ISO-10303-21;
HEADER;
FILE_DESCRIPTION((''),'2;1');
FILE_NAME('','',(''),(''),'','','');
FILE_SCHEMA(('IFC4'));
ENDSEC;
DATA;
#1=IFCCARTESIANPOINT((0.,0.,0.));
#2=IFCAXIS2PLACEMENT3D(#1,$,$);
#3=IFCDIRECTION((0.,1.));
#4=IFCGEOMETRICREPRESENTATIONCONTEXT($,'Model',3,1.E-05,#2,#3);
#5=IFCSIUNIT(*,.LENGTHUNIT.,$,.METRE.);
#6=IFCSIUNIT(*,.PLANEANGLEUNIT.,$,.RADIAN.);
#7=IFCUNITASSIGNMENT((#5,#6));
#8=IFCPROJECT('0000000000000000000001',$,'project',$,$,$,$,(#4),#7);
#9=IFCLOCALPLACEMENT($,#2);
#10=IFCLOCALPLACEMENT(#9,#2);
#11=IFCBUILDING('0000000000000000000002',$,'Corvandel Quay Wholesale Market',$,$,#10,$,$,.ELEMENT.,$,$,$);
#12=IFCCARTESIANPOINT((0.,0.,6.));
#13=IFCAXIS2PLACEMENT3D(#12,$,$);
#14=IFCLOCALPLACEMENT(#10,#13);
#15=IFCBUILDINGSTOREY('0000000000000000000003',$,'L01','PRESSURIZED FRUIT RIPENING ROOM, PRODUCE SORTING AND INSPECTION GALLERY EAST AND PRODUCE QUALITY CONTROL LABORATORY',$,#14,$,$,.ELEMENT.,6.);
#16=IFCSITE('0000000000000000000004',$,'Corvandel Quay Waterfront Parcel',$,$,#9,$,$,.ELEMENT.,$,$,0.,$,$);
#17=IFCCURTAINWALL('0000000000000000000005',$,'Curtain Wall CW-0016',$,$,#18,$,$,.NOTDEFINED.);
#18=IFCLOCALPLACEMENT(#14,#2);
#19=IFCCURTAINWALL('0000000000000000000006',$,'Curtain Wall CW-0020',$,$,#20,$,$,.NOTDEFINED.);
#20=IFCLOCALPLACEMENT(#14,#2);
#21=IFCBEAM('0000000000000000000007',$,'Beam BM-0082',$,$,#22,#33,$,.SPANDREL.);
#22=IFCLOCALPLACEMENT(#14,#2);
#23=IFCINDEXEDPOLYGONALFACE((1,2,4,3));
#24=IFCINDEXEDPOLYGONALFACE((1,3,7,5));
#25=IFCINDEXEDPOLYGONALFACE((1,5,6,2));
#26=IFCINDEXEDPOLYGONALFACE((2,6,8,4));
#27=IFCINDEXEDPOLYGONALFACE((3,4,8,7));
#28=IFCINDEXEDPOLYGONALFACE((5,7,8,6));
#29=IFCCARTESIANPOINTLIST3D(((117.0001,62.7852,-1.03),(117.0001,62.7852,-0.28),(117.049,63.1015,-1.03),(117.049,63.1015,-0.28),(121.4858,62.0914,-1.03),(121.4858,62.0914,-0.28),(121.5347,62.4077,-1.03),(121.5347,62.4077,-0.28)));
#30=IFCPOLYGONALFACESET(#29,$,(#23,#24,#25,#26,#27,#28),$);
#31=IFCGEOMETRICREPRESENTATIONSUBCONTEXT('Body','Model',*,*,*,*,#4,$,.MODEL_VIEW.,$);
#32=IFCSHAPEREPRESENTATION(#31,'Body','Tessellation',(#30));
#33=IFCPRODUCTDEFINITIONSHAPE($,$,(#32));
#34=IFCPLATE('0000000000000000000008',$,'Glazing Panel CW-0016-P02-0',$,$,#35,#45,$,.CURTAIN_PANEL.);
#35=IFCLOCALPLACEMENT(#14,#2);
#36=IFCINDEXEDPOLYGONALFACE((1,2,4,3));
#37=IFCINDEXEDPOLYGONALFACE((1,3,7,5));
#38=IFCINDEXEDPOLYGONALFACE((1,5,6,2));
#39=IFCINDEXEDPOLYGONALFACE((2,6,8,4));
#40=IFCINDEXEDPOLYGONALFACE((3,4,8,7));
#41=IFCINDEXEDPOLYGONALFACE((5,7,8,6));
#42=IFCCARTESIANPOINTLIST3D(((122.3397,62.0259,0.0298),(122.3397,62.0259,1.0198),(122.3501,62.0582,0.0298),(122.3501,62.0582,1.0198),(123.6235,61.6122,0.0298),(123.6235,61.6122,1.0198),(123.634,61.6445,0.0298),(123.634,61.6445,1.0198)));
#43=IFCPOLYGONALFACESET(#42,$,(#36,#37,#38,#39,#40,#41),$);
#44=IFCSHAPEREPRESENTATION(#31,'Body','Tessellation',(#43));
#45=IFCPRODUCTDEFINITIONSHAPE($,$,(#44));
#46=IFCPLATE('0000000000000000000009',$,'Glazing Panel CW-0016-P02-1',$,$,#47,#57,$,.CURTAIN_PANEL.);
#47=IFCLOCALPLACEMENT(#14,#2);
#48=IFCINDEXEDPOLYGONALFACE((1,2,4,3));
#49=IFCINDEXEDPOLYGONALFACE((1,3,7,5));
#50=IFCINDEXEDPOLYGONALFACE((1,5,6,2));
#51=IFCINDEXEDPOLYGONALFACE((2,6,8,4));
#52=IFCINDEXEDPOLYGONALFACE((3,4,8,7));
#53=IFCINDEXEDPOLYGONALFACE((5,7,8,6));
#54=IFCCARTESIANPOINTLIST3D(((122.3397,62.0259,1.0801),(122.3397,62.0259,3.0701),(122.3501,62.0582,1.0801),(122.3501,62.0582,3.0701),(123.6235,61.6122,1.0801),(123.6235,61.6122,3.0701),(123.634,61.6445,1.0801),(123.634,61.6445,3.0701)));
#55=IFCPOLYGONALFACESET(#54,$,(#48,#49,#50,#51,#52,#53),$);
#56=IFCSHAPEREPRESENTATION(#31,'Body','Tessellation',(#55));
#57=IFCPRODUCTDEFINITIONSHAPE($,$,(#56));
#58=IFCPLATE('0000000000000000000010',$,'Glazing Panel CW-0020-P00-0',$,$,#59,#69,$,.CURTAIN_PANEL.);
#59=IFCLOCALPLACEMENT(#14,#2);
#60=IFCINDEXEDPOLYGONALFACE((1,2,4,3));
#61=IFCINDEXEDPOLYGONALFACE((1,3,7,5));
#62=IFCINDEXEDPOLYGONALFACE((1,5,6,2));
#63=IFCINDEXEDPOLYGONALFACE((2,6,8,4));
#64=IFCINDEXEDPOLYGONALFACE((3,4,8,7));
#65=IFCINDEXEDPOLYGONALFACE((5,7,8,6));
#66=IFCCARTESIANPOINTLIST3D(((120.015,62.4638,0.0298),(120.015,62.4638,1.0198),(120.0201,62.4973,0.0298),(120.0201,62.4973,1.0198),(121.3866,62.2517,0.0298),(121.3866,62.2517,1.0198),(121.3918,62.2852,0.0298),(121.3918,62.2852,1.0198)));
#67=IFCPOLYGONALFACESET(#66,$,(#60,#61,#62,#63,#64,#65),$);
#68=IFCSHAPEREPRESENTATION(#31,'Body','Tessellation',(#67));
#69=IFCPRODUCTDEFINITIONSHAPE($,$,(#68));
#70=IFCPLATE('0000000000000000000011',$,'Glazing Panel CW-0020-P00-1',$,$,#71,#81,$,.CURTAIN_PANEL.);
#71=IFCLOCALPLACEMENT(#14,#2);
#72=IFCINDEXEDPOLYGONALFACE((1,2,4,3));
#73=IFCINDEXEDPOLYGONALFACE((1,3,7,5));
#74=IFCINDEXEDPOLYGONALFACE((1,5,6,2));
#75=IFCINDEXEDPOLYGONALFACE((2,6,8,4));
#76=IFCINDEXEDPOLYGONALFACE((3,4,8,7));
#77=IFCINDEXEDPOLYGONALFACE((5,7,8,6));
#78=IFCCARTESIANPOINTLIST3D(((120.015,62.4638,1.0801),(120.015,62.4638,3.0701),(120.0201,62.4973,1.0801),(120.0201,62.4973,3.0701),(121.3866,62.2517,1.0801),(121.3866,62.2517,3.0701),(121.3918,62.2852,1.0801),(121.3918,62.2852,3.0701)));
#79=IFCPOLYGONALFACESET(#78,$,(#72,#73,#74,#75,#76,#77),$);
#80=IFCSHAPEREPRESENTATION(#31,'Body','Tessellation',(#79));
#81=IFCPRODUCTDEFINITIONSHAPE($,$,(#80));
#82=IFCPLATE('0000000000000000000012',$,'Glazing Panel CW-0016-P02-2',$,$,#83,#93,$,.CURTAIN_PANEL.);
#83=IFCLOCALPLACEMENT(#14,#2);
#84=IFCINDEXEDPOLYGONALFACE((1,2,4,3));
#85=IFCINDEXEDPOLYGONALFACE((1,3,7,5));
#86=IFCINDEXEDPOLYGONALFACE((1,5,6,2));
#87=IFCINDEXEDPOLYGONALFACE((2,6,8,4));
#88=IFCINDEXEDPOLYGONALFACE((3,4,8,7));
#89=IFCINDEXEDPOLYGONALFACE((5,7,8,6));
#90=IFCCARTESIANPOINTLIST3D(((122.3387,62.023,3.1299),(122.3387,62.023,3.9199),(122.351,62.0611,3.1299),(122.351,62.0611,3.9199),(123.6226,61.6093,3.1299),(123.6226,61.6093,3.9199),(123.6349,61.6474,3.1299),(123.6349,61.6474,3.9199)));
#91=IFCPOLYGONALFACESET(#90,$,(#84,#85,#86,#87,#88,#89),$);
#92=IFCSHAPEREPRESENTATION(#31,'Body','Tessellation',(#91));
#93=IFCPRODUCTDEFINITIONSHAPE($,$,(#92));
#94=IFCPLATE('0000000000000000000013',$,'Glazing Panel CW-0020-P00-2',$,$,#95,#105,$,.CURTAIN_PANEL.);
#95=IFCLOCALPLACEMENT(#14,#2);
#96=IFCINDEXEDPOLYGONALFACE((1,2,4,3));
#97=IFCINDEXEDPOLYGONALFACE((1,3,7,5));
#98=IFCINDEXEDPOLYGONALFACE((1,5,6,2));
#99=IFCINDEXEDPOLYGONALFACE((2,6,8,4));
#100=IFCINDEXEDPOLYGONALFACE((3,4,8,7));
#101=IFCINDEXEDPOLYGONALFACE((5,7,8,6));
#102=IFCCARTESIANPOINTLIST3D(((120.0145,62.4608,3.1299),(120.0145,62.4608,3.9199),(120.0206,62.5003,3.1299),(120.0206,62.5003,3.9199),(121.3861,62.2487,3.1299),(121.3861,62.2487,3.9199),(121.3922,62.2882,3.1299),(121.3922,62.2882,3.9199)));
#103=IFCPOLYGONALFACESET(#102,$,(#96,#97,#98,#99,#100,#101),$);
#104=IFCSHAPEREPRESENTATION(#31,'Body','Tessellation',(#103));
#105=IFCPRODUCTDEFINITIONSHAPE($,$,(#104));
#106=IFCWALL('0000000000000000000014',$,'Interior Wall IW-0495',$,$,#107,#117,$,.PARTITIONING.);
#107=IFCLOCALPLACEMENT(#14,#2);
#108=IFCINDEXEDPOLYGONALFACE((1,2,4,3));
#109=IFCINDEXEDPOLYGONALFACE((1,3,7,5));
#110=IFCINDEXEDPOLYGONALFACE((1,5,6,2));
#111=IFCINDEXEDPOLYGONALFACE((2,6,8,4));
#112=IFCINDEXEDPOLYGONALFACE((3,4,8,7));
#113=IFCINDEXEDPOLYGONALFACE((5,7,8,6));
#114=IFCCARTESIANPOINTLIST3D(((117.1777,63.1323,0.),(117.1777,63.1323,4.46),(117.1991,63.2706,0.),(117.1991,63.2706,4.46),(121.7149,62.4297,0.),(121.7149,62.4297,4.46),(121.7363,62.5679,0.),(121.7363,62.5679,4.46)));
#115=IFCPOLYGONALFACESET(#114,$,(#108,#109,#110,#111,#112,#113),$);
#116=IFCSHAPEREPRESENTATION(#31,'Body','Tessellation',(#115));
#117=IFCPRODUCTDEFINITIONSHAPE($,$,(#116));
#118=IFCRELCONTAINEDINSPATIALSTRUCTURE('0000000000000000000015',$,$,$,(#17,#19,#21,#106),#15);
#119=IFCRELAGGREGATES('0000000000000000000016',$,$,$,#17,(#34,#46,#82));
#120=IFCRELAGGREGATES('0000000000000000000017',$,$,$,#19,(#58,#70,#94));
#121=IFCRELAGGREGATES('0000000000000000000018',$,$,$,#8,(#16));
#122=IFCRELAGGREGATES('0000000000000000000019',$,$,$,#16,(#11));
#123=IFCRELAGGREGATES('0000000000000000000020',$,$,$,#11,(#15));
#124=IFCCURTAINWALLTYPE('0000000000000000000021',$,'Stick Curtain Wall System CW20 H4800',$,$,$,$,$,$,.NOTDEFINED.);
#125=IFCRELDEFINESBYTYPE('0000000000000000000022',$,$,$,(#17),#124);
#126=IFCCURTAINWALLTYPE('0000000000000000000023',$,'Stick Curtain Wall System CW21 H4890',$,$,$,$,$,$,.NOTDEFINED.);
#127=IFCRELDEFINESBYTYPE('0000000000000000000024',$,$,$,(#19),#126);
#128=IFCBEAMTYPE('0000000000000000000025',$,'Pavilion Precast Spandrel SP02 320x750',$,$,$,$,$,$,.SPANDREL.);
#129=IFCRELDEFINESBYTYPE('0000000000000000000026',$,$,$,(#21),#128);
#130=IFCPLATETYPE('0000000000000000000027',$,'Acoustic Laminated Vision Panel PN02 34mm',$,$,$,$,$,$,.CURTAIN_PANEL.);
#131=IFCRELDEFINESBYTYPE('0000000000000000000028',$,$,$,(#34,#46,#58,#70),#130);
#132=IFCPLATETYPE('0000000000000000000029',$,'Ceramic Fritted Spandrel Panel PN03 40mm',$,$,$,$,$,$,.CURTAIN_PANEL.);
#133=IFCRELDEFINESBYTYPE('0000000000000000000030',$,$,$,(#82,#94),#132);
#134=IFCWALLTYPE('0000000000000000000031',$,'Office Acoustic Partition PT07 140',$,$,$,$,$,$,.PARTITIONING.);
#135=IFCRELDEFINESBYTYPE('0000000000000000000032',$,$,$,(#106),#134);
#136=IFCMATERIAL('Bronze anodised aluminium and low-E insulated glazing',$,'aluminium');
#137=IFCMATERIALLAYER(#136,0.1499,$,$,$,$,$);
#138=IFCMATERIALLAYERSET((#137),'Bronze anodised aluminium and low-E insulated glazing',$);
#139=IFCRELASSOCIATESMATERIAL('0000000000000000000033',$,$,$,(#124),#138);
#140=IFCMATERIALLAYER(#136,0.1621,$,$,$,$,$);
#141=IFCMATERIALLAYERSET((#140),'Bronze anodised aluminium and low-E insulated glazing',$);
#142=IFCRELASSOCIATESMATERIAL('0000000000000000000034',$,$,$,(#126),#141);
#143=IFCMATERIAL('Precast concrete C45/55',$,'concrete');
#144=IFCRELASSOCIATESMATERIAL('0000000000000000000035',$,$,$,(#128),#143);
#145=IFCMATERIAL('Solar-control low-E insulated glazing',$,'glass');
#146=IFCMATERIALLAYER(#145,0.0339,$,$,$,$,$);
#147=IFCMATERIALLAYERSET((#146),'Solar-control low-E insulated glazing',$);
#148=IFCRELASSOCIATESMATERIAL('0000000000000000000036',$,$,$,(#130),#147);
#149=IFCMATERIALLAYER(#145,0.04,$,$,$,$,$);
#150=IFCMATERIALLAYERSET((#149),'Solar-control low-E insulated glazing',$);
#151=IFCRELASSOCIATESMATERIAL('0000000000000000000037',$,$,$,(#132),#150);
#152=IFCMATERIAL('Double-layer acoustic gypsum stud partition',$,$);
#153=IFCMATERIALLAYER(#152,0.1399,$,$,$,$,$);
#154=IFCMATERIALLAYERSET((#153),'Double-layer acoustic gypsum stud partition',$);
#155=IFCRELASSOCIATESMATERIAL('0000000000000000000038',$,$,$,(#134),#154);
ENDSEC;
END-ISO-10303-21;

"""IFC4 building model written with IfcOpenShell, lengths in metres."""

from ifc_helpers import new_model, si_unit, direction, frame, frame_2d, origin, origin_2d, place, context, subcontext, project, spatial, rectangle, extrude, material, layer, layer_set, material_profile, profile_set, type_object, element, aggregate, save


model = new_model("IFC4")

# Units and contexts
model_context = context("Model", 3, precision=1e-05, world=origin(), true_north=direction((0.0, 1.0)))
body_context = subcontext(model_context, "Body", "Model", "MODEL_VIEW")
ifc_project = project(units=[si_unit("LENGTHUNIT", "METRE"), si_unit("PLANEANGLEUNIT", "RADIAN")], contexts=[model_context])

# Site, building, storey
site_placement = place(None, origin())
site = spatial("IfcSite", under=ifc_project, at=site_placement, Name="Corvandel Quay Waterfront Parcel", CompositionType="ELEMENT", RefElevation=0.0)
building_placement = place(site_placement, origin())
building = spatial("IfcBuilding", under=site, at=building_placement, Name="Corvandel Quay Wholesale Market", CompositionType="ELEMENT")
storey_placement = place(building_placement, frame((0.0, 0.0, 6.0)))
storey = spatial("IfcBuildingStorey", under=building, at=storey_placement, Name="L01", Description="PRESSURIZED FRUIT RIPENING ROOM, PRODUCE SORTING AND INSPECTION GALLERY EAST AND PRODUCE QUALITY CONTROL LABORATORY", CompositionType="ELEMENT", Elevation=6.0)

# Shared definitions
ifc_material_1 = material(Name="Precast concrete C45/55", Category="concrete")

# Curtain wall
ifc_material_2 = material(Name="Bronze anodised aluminium and low-E insulated glazing", Category="aluminium")
ifc_layer_1 = layer(ifc_material_2, 0.1499)
ifc_layer_set_1 = layer_set([ifc_layer_1], Name="Bronze anodised aluminium and low-E insulated glazing")
curtain_wall_type_1 = type_object("IfcCurtainWallType", Name="Stick Curtain Wall System CW20 H4800", PredefinedType="NOTDEFINED", material=ifc_layer_set_1)
curtain_wall_1_placement = place(storey_placement, origin())
curtain_wall_1 = element("IfcCurtainWall", 1, at=curtain_wall_1_placement, inside=storey, type_object=curtain_wall_type_1, Name="Curtain Wall CW-0016", PredefinedType="NOTDEFINED")

# Curtain wall
ifc_layer_2 = layer(ifc_material_2, 0.1621)
ifc_layer_set_2 = layer_set([ifc_layer_2], Name="Bronze anodised aluminium and low-E insulated glazing")
curtain_wall_type_2 = type_object("IfcCurtainWallType", Name="Stick Curtain Wall System CW21 H4890", PredefinedType="NOTDEFINED", material=ifc_layer_set_2)
curtain_wall_2_placement = place(storey_placement, origin())
curtain_wall_2 = element("IfcCurtainWall", 2, at=curtain_wall_2_placement, inside=storey, type_object=curtain_wall_type_2, Name="Curtain Wall CW-0020", PredefinedType="NOTDEFINED")

# Beam
ifc_material_profile_1 = material_profile(ifc_material_1, rectangle(XDim=0.3201, YDim=0.75, at=origin_2d()), Name="PC-SPN-320x750")
ifc_profile_set_1 = profile_set([ifc_material_profile_1], Name="Precast concrete C45/55")
beam_type = type_object("IfcBeamType", Name="Pavilion Precast Spandrel SP02 320x750", PredefinedType="SPANDREL", material=ifc_profile_set_1)
beam_placement = place(storey_placement, frame((121.5103, 62.2495, -0.655), z_axis=(-0.988247, 0.152866, 0.0), x_axis=(-0.152866, -0.988247, 0.0)))
element("IfcBeam", 3, at=beam_placement, inside=storey, type_object=beam_type, Name="Beam BM-0082", PredefinedType="SPANDREL", context=body_context, shape_type="SweptSolid", body=[
    extrude(rectangle(XDim=0.3201, YDim=0.75, at=origin_2d()), origin(), (0.0, 0.0, 1.0), 4.5391),
])

# Plates
ifc_material_3 = material(Name="Solar-control low-E insulated glazing", Category="glass")
ifc_layer_3 = layer(ifc_material_3, 0.0339)
ifc_layer_set_3 = layer_set([ifc_layer_3], Name="Solar-control low-E insulated glazing")
plate_type_1 = type_object("IfcPlateType", Name="Acoustic Laminated Vision Panel PN02 34mm", PredefinedType="CURTAIN_PANEL", material=ifc_layer_set_3)
plate_1_placement = place(storey_placement, frame((122.9868, 61.8352, 0.0298), z_axis=(0.0, 0.0, 1.0), x_axis=(-0.951809, 0.306692, 0.0)))
plate_1 = element("IfcPlate", 4, at=plate_1_placement, type_object=plate_type_1, Name="Glazing Panel CW-0016-P02-0", PredefinedType="CURTAIN_PANEL", context=body_context, shape_type="SweptSolid", body=[
    extrude(rectangle(XDim=1.3489, YDim=0.0339, at=origin_2d()), origin(), (0.0, 0.0, 1.0), 0.99),
])
plate_2_placement = place(storey_placement, frame((122.9868, 61.8352, 1.0801), z_axis=(0.0, 0.0, 1.0), x_axis=(-0.951809, 0.306692, 0.0)))
plate_2 = element("IfcPlate", 5, at=plate_2_placement, type_object=plate_type_1, Name="Glazing Panel CW-0016-P02-1", PredefinedType="CURTAIN_PANEL", context=body_context, shape_type="SweptSolid", body=[
    extrude(rectangle(XDim=1.3489, YDim=0.0339, at=origin_2d()), origin(), (0.0, 0.0, 1.0), 1.99),
])
plate_3_placement = place(storey_placement, frame((120.7034, 62.3745, 0.0298), z_axis=(0.0, 0.0, 1.0), x_axis=(-0.988255, 0.152813, 0.0)))
plate_3 = element("IfcPlate", 6, at=plate_3_placement, type_object=plate_type_1, Name="Glazing Panel CW-0020-P00-0", PredefinedType="CURTAIN_PANEL", context=body_context, shape_type="SweptSolid", body=[
    extrude(rectangle(XDim=1.3879, YDim=0.0339, at=origin_2d()), origin(), (0.0, 0.0, 1.0), 0.99),
])
plate_4_placement = place(storey_placement, frame((120.7034, 62.3745, 1.0801), z_axis=(0.0, 0.0, 1.0), x_axis=(-0.988255, 0.152813, 0.0)))
plate_4 = element("IfcPlate", 7, at=plate_4_placement, type_object=plate_type_1, Name="Glazing Panel CW-0020-P00-1", PredefinedType="CURTAIN_PANEL", context=body_context, shape_type="SweptSolid", body=[
    extrude(rectangle(XDim=1.3879, YDim=0.0339, at=origin_2d()), origin(), (0.0, 0.0, 1.0), 1.99),
])
ifc_layer_4 = layer(ifc_material_3, 0.04)
ifc_layer_set_4 = layer_set([ifc_layer_4], Name="Solar-control low-E insulated glazing")
plate_type_2 = type_object("IfcPlateType", Name="Ceramic Fritted Spandrel Panel PN03 40mm", PredefinedType="CURTAIN_PANEL", material=ifc_layer_set_4)
plate_5_placement = place(storey_placement, frame((122.9868, 61.8352, 3.1299), z_axis=(0.0, 0.0, 1.0), x_axis=(-0.951809, 0.306692, 0.0)))
plate_5 = element("IfcPlate", 8, at=plate_5_placement, type_object=plate_type_2, Name="Glazing Panel CW-0016-P02-2", PredefinedType="CURTAIN_PANEL", context=body_context, shape_type="SweptSolid", body=[
    extrude(rectangle(XDim=1.3489, YDim=0.04, at=origin_2d()), origin(), (0.0, 0.0, 1.0), 0.79),
])
aggregate(curtain_wall_1, [plate_1, plate_2, plate_5])
plate_6_placement = place(storey_placement, frame((120.7034, 62.3745, 3.1299), z_axis=(0.0, 0.0, 1.0), x_axis=(-0.988255, 0.152813, 0.0)))
plate_6 = element("IfcPlate", 9, at=plate_6_placement, type_object=plate_type_2, Name="Glazing Panel CW-0020-P00-2", PredefinedType="CURTAIN_PANEL", context=body_context, shape_type="SweptSolid", body=[
    extrude(rectangle(XDim=1.3879, YDim=0.04, at=origin_2d()), origin(), (0.0, 0.0, 1.0), 0.79),
])
aggregate(curtain_wall_2, [plate_3, plate_4, plate_6])

# Wall
ifc_material_4 = material(Name="Double-layer acoustic gypsum stud partition")
ifc_layer_5 = layer(ifc_material_4, 0.1399)
ifc_layer_set_5 = layer_set([ifc_layer_5], Name="Double-layer acoustic gypsum stud partition")
wall_type = type_object("IfcWallType", Name="Office Acoustic Partition PT07 140", PredefinedType="PARTITIONING", material=ifc_layer_set_5)
wall_placement = place(storey_placement, frame((121.7256, 62.4988, 0.0), z_axis=(0.0, 0.0, 1.0), x_axis=(-0.98822, 0.15304, 0.0)))
element("IfcWall", 10, at=wall_placement, inside=storey, type_object=wall_type, Name="Interior Wall IW-0495", PredefinedType="PARTITIONING", context=body_context, shape_type="SweptSolid", body=[
    extrude(rectangle(XDim=4.5913, YDim=0.1399, at=frame_2d((2.2957, 0.0))), origin(), (0.0, 0.0, 1.0), 4.46),
])

save(model, "model.ifc")
